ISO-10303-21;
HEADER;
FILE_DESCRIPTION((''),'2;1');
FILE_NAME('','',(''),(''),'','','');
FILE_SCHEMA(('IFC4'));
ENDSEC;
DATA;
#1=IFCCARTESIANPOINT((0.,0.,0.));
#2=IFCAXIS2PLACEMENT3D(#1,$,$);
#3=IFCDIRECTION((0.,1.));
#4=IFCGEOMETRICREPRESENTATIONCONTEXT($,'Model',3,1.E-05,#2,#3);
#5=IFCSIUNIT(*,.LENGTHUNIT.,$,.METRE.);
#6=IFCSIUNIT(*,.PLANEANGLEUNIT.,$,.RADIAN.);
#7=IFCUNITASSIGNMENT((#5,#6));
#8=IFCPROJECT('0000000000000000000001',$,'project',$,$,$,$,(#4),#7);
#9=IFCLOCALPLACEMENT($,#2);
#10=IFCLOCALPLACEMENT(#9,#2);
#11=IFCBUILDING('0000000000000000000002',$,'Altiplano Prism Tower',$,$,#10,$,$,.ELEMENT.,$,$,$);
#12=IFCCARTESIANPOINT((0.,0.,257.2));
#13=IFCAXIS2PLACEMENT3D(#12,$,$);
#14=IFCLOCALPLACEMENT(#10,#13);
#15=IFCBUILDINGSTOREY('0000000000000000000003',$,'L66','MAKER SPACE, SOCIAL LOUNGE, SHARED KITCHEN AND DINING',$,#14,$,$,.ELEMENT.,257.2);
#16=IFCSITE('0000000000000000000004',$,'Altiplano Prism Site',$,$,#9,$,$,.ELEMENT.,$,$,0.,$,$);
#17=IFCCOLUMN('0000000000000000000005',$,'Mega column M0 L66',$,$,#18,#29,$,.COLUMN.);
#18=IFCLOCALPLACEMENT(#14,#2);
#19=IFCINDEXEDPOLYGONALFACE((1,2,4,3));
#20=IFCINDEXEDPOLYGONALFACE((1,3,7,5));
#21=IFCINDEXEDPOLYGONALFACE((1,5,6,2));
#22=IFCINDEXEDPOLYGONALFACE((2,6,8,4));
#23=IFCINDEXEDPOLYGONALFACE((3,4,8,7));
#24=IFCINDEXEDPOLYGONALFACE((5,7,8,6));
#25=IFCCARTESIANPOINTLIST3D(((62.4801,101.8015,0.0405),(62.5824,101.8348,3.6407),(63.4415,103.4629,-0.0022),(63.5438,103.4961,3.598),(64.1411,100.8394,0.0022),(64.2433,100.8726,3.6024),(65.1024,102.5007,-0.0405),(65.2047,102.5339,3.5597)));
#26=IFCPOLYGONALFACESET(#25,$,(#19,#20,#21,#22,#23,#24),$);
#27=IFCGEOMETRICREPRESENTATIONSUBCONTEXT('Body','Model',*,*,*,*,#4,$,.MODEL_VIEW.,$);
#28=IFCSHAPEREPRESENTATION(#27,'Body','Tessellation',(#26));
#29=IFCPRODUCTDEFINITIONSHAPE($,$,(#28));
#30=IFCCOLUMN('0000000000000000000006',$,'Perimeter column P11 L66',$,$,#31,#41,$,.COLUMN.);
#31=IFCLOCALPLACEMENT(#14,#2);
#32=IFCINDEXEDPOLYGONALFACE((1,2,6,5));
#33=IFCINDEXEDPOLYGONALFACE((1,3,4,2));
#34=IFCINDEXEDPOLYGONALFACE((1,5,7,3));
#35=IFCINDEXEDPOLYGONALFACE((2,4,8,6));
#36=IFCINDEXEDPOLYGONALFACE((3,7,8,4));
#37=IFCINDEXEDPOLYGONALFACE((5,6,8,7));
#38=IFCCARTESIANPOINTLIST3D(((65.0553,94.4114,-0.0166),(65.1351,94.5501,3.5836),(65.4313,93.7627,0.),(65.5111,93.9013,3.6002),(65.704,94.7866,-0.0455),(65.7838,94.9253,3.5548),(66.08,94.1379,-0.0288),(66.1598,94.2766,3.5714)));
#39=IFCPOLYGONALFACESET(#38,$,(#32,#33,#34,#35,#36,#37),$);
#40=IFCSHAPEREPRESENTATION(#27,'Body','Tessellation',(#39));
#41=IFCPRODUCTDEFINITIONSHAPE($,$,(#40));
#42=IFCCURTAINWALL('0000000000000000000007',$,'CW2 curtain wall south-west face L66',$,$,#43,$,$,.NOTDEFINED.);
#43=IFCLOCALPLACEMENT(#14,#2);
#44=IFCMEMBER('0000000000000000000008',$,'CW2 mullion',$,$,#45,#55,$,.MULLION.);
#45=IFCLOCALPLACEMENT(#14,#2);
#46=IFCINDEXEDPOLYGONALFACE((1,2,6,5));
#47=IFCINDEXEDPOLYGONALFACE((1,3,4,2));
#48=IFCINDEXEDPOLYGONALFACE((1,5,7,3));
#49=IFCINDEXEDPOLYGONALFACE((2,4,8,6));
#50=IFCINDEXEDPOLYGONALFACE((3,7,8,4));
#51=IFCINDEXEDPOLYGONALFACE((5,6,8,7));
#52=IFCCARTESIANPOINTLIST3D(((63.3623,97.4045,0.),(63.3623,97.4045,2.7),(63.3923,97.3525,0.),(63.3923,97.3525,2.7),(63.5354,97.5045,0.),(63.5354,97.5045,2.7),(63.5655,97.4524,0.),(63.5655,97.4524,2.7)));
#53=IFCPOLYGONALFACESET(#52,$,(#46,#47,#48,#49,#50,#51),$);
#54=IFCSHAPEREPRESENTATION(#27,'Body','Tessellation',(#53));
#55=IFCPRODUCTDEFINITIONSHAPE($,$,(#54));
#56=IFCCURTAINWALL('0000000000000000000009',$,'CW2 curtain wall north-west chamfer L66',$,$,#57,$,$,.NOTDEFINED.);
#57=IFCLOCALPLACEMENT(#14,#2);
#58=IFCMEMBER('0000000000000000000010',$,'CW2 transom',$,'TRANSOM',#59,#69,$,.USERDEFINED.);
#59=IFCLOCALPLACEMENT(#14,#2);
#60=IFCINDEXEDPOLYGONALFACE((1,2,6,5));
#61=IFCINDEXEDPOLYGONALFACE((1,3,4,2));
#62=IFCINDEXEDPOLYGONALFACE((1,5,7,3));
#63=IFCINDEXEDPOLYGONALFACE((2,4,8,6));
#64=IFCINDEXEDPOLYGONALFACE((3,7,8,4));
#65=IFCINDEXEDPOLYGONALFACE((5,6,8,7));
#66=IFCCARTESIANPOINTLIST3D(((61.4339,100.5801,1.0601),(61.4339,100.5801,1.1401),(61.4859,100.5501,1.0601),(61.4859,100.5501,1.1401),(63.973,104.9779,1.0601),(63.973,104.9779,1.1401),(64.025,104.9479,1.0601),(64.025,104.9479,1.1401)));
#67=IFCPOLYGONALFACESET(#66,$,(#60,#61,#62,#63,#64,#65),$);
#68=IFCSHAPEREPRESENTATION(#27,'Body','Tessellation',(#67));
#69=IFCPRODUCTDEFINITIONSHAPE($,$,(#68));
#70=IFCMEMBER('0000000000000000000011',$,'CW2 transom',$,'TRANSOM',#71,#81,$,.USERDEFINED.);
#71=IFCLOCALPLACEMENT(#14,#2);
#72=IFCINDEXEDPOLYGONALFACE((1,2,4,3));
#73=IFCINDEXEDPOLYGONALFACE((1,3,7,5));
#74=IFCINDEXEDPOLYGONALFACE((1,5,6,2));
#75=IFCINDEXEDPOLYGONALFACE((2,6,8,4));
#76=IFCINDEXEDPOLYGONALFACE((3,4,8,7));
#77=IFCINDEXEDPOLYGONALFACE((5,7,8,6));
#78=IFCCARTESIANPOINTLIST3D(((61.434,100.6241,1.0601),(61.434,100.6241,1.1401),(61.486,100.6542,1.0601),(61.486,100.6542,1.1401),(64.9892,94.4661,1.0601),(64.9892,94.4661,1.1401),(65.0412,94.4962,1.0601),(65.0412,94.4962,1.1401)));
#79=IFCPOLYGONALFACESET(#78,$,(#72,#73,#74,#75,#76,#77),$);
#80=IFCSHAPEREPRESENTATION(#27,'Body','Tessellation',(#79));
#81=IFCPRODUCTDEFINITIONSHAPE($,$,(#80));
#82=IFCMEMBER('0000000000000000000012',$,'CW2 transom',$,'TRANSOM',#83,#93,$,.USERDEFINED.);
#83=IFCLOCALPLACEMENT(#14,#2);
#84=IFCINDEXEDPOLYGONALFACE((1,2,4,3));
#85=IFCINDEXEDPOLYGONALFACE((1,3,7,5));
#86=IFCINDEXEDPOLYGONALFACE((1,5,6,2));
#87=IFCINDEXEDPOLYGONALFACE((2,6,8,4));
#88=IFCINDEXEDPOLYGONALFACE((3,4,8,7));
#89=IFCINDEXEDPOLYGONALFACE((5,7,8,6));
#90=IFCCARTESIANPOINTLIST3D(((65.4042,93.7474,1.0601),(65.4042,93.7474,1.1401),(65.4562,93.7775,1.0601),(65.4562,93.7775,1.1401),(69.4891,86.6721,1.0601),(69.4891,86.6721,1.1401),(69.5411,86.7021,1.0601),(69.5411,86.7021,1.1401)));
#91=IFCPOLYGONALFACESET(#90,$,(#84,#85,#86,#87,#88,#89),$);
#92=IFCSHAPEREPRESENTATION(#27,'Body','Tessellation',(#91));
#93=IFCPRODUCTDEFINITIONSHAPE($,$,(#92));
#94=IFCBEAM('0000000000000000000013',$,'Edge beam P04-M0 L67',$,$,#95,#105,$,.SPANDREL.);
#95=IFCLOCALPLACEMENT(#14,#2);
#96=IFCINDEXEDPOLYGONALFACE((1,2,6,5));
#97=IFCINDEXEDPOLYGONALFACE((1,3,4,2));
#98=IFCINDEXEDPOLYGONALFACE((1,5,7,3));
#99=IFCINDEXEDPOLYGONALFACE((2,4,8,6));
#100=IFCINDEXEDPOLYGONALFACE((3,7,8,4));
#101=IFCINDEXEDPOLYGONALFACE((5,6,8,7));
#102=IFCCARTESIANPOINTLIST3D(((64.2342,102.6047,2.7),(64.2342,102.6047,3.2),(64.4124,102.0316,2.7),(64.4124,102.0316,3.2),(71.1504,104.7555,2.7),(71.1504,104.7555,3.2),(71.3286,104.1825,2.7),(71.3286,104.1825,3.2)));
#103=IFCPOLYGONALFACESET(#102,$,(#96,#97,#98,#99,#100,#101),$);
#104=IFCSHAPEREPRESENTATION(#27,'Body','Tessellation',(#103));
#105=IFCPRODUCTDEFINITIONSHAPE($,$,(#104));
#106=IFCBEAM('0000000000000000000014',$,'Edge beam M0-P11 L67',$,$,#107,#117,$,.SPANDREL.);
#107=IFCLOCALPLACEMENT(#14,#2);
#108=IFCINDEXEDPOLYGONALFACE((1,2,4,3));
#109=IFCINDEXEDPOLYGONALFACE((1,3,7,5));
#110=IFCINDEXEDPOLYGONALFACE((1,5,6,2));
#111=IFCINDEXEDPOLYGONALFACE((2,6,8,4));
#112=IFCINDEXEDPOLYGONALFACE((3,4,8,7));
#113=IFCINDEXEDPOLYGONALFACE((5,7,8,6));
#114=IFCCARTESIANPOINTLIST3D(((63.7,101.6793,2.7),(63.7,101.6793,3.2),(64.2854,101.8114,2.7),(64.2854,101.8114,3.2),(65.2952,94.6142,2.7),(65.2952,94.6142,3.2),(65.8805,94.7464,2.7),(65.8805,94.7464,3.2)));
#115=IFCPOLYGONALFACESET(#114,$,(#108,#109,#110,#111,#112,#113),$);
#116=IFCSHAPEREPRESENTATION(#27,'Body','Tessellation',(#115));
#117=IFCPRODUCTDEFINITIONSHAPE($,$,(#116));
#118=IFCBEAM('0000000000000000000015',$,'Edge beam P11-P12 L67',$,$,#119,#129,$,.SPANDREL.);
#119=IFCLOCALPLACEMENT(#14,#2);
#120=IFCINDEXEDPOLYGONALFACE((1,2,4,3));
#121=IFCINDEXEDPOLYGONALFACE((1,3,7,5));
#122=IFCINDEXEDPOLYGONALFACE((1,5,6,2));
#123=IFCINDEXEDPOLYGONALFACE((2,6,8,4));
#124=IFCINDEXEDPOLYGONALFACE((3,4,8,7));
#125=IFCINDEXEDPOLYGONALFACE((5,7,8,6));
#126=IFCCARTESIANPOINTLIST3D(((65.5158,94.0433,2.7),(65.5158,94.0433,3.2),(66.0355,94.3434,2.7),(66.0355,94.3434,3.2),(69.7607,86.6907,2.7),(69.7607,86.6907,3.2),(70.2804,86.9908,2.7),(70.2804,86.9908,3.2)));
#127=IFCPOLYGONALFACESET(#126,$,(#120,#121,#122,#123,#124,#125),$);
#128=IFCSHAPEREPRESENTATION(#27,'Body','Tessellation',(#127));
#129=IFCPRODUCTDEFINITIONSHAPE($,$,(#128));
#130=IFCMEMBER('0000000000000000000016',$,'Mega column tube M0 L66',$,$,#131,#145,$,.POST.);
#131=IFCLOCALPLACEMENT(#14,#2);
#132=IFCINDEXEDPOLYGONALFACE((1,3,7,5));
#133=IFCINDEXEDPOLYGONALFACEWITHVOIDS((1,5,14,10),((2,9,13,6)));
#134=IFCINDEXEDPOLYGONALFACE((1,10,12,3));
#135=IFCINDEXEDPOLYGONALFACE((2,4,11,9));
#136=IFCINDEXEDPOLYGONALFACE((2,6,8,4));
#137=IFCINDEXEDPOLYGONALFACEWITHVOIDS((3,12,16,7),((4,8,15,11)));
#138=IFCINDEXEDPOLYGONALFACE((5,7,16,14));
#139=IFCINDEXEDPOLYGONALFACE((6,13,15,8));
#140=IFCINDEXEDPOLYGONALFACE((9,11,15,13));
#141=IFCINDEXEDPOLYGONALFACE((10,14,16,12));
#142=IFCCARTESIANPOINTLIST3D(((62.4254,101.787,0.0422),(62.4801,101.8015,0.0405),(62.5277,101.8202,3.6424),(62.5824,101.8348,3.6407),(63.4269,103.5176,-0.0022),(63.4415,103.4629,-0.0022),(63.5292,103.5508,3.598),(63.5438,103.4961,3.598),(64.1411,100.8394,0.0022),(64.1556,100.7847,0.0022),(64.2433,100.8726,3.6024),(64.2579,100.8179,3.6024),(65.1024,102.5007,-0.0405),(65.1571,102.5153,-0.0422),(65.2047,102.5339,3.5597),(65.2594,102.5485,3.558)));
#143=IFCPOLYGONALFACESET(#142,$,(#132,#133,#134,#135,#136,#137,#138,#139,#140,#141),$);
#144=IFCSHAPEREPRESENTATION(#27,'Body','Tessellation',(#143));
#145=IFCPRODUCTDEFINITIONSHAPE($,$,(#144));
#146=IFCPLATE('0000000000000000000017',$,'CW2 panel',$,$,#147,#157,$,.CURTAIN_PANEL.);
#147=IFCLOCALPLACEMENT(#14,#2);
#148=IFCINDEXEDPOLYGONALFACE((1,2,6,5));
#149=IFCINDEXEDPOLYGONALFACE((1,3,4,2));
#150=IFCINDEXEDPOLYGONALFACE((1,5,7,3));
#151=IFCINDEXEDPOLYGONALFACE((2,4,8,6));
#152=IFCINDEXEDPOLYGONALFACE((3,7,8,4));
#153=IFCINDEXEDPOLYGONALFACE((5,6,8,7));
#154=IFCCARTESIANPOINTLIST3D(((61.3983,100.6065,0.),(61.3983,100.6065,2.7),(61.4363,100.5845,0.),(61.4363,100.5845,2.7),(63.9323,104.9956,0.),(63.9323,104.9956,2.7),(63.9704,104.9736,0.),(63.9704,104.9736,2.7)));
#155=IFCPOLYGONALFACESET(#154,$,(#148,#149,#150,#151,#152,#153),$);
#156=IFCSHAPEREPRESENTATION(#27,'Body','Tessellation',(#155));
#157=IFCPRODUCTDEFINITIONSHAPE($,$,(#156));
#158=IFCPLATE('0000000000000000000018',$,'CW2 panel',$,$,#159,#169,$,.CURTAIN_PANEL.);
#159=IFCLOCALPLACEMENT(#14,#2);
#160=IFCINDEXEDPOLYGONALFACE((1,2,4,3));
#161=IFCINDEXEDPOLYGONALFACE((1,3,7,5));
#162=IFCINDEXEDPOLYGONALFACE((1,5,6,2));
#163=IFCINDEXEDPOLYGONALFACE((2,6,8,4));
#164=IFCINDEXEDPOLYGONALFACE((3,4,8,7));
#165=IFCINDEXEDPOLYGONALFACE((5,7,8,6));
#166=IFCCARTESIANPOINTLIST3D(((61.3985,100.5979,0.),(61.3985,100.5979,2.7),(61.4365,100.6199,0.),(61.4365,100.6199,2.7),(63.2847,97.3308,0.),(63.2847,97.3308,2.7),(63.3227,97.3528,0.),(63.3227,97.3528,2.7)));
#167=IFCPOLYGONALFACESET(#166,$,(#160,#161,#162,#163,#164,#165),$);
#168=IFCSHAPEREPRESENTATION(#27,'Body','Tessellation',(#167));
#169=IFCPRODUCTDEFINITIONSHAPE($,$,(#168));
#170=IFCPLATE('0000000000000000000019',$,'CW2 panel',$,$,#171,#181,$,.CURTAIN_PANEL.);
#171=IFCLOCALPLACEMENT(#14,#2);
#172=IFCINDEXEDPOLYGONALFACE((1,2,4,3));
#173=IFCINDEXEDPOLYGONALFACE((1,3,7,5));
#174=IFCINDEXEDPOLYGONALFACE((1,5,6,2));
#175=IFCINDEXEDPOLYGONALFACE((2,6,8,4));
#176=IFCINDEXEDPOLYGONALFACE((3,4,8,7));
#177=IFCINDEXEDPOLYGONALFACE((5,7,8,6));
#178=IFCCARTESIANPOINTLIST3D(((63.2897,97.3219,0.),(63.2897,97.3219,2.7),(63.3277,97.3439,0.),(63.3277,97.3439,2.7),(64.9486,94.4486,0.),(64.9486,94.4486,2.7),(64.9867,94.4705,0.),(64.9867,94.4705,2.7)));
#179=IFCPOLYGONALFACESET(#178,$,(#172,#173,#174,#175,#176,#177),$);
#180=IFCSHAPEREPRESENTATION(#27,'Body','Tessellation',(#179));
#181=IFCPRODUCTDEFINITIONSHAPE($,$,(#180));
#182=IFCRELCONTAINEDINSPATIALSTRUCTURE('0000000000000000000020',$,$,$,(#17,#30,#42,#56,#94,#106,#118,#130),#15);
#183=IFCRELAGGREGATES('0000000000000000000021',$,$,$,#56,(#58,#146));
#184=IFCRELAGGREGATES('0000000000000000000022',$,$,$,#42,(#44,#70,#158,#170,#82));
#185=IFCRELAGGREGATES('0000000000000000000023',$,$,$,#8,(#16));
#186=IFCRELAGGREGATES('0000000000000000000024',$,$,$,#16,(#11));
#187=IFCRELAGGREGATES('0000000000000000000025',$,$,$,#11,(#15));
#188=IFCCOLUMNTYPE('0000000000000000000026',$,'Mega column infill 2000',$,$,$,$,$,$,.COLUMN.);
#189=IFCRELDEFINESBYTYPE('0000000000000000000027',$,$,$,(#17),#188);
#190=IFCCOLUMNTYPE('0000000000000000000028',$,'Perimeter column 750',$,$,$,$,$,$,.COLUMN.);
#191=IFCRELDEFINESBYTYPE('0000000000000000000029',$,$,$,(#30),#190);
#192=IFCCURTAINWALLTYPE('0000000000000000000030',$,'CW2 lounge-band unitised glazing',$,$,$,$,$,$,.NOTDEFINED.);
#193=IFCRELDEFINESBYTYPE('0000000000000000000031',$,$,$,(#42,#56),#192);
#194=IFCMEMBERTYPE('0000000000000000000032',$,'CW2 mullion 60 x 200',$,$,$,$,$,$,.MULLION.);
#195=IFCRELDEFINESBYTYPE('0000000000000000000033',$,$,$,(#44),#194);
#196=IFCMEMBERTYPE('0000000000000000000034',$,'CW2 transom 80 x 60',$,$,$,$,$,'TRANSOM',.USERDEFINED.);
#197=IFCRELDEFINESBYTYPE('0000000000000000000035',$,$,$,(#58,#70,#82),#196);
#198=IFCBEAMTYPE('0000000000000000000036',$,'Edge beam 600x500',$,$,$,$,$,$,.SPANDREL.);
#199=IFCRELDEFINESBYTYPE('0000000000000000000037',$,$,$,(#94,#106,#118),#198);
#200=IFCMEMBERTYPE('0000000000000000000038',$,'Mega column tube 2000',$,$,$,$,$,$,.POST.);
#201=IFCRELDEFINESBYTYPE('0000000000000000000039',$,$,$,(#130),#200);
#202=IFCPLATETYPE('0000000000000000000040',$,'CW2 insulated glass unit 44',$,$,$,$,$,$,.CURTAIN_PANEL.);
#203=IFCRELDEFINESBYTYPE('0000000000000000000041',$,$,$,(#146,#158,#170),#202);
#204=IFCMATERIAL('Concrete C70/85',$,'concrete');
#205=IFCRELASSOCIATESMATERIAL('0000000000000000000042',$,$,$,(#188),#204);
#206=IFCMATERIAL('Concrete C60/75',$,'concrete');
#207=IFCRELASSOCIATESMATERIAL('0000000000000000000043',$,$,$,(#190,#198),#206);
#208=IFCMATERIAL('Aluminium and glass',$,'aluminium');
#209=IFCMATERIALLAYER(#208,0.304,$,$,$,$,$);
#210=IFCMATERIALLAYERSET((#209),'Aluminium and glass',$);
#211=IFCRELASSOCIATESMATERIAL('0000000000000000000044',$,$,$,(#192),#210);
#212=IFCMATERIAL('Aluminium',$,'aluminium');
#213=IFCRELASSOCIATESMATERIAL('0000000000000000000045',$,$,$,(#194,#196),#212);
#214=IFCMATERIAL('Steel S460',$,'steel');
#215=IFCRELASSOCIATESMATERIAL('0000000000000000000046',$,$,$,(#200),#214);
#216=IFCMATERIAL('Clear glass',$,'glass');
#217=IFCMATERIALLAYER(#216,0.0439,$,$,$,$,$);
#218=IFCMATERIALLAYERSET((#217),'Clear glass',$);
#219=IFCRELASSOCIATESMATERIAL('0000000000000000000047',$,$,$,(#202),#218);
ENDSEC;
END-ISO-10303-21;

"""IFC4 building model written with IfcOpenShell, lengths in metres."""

from ifc_helpers import new_model, si_unit, direction, frame, origin, origin_2d, place, context, subcontext, project, spatial, rectangle, hollow_rectangle, extrude, material, layer, layer_set, material_profile, profile_set, type_object, element, aggregate, save


model = new_model("IFC4")

# Units and contexts
model_context = context("Model", 3, precision=1e-05, world=origin(), true_north=direction((0.0, 1.0)))
body_context = subcontext(model_context, "Body", "Model", "MODEL_VIEW")
ifc_project = project(units=[si_unit("LENGTHUNIT", "METRE"), si_unit("PLANEANGLEUNIT", "RADIAN")], contexts=[model_context])

# Site, building, storey
site_placement = place(None, origin())
site = spatial("IfcSite", under=ifc_project, at=site_placement, Name="Altiplano Prism Site", CompositionType="ELEMENT", RefElevation=0.0)
building_placement = place(site_placement, origin())
building = spatial("IfcBuilding", under=site, at=building_placement, Name="Altiplano Prism Tower", CompositionType="ELEMENT")
storey_placement = place(building_placement, frame((0.0, 0.0, 257.2)))
storey = spatial("IfcBuildingStorey", under=building, at=storey_placement, Name="L66", Description="MAKER SPACE, SOCIAL LOUNGE, SHARED KITCHEN AND DINING", CompositionType="ELEMENT", Elevation=257.2)

# Columns
ifc_material_1 = material(Name="Concrete C70/85", Category="concrete")
ifc_material_profile_1 = material_profile(ifc_material_1, rectangle(XDim=1.9199, YDim=1.9199, at=origin_2d()), Name="Mega column infill 2000")
ifc_profile_set_1 = profile_set([ifc_material_profile_1], Name="Concrete C70/85")
column_type_1 = type_object("IfcColumnType", Name="Mega column infill 2000", PredefinedType="COLUMN", material=ifc_profile_set_1)
column_1_placement = place(storey_placement, frame((63.7913, 102.1511, 0.0), z_axis=(0.028402, 0.009219, 0.999554), x_axis=(-0.865127, 0.501155, 0.01996)))
element("IfcColumn", 1, at=column_1_placement, inside=storey, type_object=column_type_1, Name="Mega column M0 L66", PredefinedType="COLUMN", context=body_context, shape_type="SweptSolid", body=[
    extrude(rectangle(XDim=1.9199, YDim=1.9199, at=origin_2d()), origin(), (0.0, 0.0, 1.0), 3.6018),
])
ifc_material_2 = material(Name="Concrete C60/75", Category="concrete")
ifc_material_profile_2 = material_profile(ifc_material_2, rectangle(XDim=0.75, YDim=0.75, at=origin_2d()), Name="Perimeter column 750")
ifc_profile_set_2 = profile_set([ifc_material_profile_2], Name="Concrete C60/75")
column_type_2 = type_object("IfcColumnType", Name="Perimeter column 750", PredefinedType="COLUMN", material=ifc_profile_set_2)
column_2_placement = place(storey_placement, frame((65.5676, 94.2747, -0.0227), z_axis=(0.022154, 0.038481, 0.999014), x_axis=(-0.86498, -0.500331, 0.038454)))
element("IfcColumn", 2, at=column_2_placement, inside=storey, type_object=column_type_2, Name="Perimeter column P11 L66", PredefinedType="COLUMN", context=body_context, shape_type="SweptSolid", body=[
    extrude(rectangle(XDim=0.75, YDim=0.75, at=origin_2d()), origin(), (0.0, 0.0, 1.0), 3.6038),
])

# Curtain walls, members
ifc_material_3 = material(Name="Aluminium and glass", Category="aluminium")
ifc_layer_1 = layer(ifc_material_3, 0.304)
ifc_layer_set_1 = layer_set([ifc_layer_1], Name="Aluminium and glass")
curtain_wall_type = type_object("IfcCurtainWallType", Name="CW2 lounge-band unitised glazing", PredefinedType="NOTDEFINED", material=ifc_layer_set_1)
curtain_wall_1_placement = place(storey_placement, origin())
curtain_wall_1 = element("IfcCurtainWall", 3, at=curtain_wall_1_placement, inside=storey, type_object=curtain_wall_type, Name="CW2 curtain wall south-west face L66", PredefinedType="NOTDEFINED")
ifc_material_4 = material(Name="Aluminium", Category="aluminium")
ifc_material_profile_3 = material_profile(ifc_material_4, rectangle(XDim=0.2, YDim=0.0601, at=origin_2d()), Name="CW2 mullion 60 x 200")
ifc_profile_set_3 = profile_set([ifc_material_profile_3], Name="Aluminium")
member_type_1 = type_object("IfcMemberType", Name="CW2 mullion 60 x 200", PredefinedType="MULLION", material=ifc_profile_set_3)
member_1_placement = place(storey_placement, frame((63.4639, 97.4285, 0.0), z_axis=(0.0, 0.0, 1.0), x_axis=(0.866025, 0.5, 0.0)))
member_1 = element("IfcMember", 4, at=member_1_placement, type_object=member_type_1, Name="CW2 mullion", PredefinedType="MULLION", context=body_context, shape_type="SweptSolid", body=[
    extrude(rectangle(XDim=0.2, YDim=0.0601, at=origin_2d()), origin(), (0.0, 0.0, 1.0), 2.7),
])
curtain_wall_2_placement = place(storey_placement, origin())
curtain_wall_2 = element("IfcCurtainWall", 5, at=curtain_wall_2_placement, inside=storey, type_object=curtain_wall_type, Name="CW2 curtain wall north-west chamfer L66", PredefinedType="NOTDEFINED")
ifc_material_profile_4 = material_profile(ifc_material_4, rectangle(XDim=0.0601, YDim=0.0801, at=origin_2d()), Name="CW2 transom 80 x 60")
ifc_profile_set_4 = profile_set([ifc_material_profile_4], Name="Aluminium")
member_type_2 = type_object("IfcMemberType", Name="CW2 transom 80 x 60", ElementType="TRANSOM", PredefinedType="USERDEFINED", material=ifc_profile_set_4)
member_2_placement = place(storey_placement, frame((63.999, 104.9629, 1.1001), z_axis=(-0.500007, -0.866021, 0.0), x_axis=(0.866021, -0.500007, 0.0)))
member_2 = element("IfcMember", 6, at=member_2_placement, type_object=member_type_2, Name="CW2 transom", ObjectType="TRANSOM", PredefinedType="USERDEFINED", context=body_context, shape_type="SweptSolid", body=[
    extrude(rectangle(XDim=0.0601, YDim=0.0801, at=origin_2d()), origin(), (0.0, 0.0, 1.0), 5.0781),
])

# Members
member_3_placement = place(storey_placement, frame((61.46, 100.6392, 1.1001), z_axis=(0.499987, -0.866033, 0.0), x_axis=(0.866033, 0.499987, 0.0)))
member_3 = element("IfcMember", 7, at=member_3_placement, type_object=member_type_2, Name="CW2 transom", ObjectType="TRANSOM", PredefinedType="USERDEFINED", context=body_context, shape_type="SweptSolid", body=[
    extrude(rectangle(XDim=0.0601, YDim=0.0801, at=origin_2d()), origin(), (0.0, 0.0, 1.0), 7.1106),
])
member_4_placement = place(storey_placement, frame((65.4302, 93.7625, 1.1001), z_axis=(0.499996, -0.866028, 0.0), x_axis=(0.866028, 0.499996, 0.0)))
member_4 = element("IfcMember", 8, at=member_4_placement, type_object=member_type_2, Name="CW2 transom", ObjectType="TRANSOM", PredefinedType="USERDEFINED", context=body_context, shape_type="SweptSolid", body=[
    extrude(rectangle(XDim=0.0601, YDim=0.0801, at=origin_2d()), origin(), (0.0, 0.0, 1.0), 8.1699),
])

# Beams
ifc_material_profile_5 = material_profile(ifc_material_2, rectangle(XDim=0.6001, YDim=0.5, at=origin_2d()), Name="Edge beam 600x500")
ifc_profile_set_5 = profile_set([ifc_material_profile_5], Name="Concrete C60/75")
beam_type = type_object("IfcBeamType", Name="Edge beam 600x500", PredefinedType="SPANDREL", material=ifc_profile_set_5)
for number, where, z_axis, x_axis, name in (
    (9, (71.2395, 104.469, 2.95), (-0.95489, -0.29696, 0.0), (0.29696, -0.95489, 0.0), "Edge beam P04-M0 L67"),
    (10, (63.9927, 101.7454, 2.95), (0.220241, -0.975445, 0.0), (0.975445, 0.220241, 0.0), "Edge beam M0-P11 L67"),
):
    element("IfcBeam", number, at=place(storey_placement, frame(where, z_axis=z_axis, x_axis=x_axis)), inside=storey, type_object=beam_type, Name=name, PredefinedType="SPANDREL", context=body_context, shape_type="SweptSolid", body=[
        extrude(rectangle(XDim=0.6001, YDim=0.5, at=origin_2d()), origin(), (0.0, 0.0, 1.0), 7.2429),
    ])
beam_placement = place(storey_placement, frame((65.7756, 94.1934, 2.95), z_axis=(0.49999, -0.866031, 0.0), x_axis=(0.866031, 0.49999, 0.0)))
element("IfcBeam", 11, at=beam_placement, inside=storey, type_object=beam_type, Name="Edge beam P11-P12 L67", PredefinedType="SPANDREL", context=body_context, shape_type="SweptSolid", body=[
    extrude(rectangle(XDim=0.6001, YDim=0.5, at=origin_2d()), origin(), (0.0, 0.0, 1.0), 8.49),
])

# Member
ifc_material_5 = material(Name="Steel S460", Category="steel")
ifc_material_profile_6 = material_profile(ifc_material_5, hollow_rectangle(XDim=2.0, YDim=2.0, WallThickness=0.04, at=origin_2d()), Name="Mega column tube 2000")
ifc_profile_set_6 = profile_set([ifc_material_profile_6], Name="Steel S460")
member_type_3 = type_object("IfcMemberType", Name="Mega column tube 2000", PredefinedType="POST", material=ifc_profile_set_6)
member_5_placement = place(storey_placement, frame((63.7913, 102.1511, 0.0), z_axis=(0.028402, 0.009219, 0.999554), x_axis=(-0.865127, 0.501155, 0.01996)))
element("IfcMember", 12, at=member_5_placement, inside=storey, type_object=member_type_3, Name="Mega column tube M0 L66", PredefinedType="POST", context=body_context, shape_type="SweptSolid", body=[
    extrude(hollow_rectangle(XDim=2.0, YDim=2.0, WallThickness=0.04, at=origin_2d()), origin(), (0.0, 0.0, 1.0), 3.6018),
])

# Plates
ifc_material_6 = material(Name="Clear glass", Category="glass")
ifc_layer_2 = layer(ifc_material_6, 0.0439)
ifc_layer_set_2 = layer_set([ifc_layer_2], Name="Clear glass")
plate_type = type_object("IfcPlateType", Name="CW2 insulated glass unit 44", PredefinedType="CURTAIN_PANEL", material=ifc_layer_set_2)
plate_1_placement = place(storey_placement, frame((62.6843, 102.79, 0.0), z_axis=(0.0, 0.0, 1.0), x_axis=(-0.5, -0.866025, 0.0)))
plate_1 = element("IfcPlate", 13, at=plate_1_placement, type_object=plate_type, Name="CW2 panel", PredefinedType="CURTAIN_PANEL", context=body_context, shape_type="SweptSolid", body=[
    extrude(rectangle(XDim=5.0681, YDim=0.0439, at=origin_2d()), origin(), (0.0, 0.0, 1.0), 2.7),
])
aggregate(curtain_wall_2, [member_2, plate_1])
plate_2_placement = place(storey_placement, frame((62.3606, 98.9753, 0.0), z_axis=(0.0, 0.0, 1.0), x_axis=(0.5, -0.866025, 0.0)))
plate_2 = element("IfcPlate", 14, at=plate_2_placement, type_object=plate_type, Name="CW2 panel", PredefinedType="CURTAIN_PANEL", context=body_context, shape_type="SweptSolid", body=[
    extrude(rectangle(XDim=3.7725, YDim=0.0439, at=origin_2d()), origin(), (0.0, 0.0, 1.0), 2.7),
])
plate_3_placement = place(storey_placement, frame((64.1382, 95.8962, 0.0), z_axis=(0.0, 0.0, 1.0), x_axis=(0.5, -0.866025, 0.0)))
plate_3 = element("IfcPlate", 15, at=plate_3_placement, type_object=plate_type, Name="CW2 panel", PredefinedType="CURTAIN_PANEL", context=body_context, shape_type="SweptSolid", body=[
    extrude(rectangle(XDim=3.3179, YDim=0.0439, at=origin_2d()), origin(), (0.0, 0.0, 1.0), 2.7),
])
aggregate(curtain_wall_1, [member_1, member_3, plate_2, plate_3, member_4])

save(model, "model.ifc")
